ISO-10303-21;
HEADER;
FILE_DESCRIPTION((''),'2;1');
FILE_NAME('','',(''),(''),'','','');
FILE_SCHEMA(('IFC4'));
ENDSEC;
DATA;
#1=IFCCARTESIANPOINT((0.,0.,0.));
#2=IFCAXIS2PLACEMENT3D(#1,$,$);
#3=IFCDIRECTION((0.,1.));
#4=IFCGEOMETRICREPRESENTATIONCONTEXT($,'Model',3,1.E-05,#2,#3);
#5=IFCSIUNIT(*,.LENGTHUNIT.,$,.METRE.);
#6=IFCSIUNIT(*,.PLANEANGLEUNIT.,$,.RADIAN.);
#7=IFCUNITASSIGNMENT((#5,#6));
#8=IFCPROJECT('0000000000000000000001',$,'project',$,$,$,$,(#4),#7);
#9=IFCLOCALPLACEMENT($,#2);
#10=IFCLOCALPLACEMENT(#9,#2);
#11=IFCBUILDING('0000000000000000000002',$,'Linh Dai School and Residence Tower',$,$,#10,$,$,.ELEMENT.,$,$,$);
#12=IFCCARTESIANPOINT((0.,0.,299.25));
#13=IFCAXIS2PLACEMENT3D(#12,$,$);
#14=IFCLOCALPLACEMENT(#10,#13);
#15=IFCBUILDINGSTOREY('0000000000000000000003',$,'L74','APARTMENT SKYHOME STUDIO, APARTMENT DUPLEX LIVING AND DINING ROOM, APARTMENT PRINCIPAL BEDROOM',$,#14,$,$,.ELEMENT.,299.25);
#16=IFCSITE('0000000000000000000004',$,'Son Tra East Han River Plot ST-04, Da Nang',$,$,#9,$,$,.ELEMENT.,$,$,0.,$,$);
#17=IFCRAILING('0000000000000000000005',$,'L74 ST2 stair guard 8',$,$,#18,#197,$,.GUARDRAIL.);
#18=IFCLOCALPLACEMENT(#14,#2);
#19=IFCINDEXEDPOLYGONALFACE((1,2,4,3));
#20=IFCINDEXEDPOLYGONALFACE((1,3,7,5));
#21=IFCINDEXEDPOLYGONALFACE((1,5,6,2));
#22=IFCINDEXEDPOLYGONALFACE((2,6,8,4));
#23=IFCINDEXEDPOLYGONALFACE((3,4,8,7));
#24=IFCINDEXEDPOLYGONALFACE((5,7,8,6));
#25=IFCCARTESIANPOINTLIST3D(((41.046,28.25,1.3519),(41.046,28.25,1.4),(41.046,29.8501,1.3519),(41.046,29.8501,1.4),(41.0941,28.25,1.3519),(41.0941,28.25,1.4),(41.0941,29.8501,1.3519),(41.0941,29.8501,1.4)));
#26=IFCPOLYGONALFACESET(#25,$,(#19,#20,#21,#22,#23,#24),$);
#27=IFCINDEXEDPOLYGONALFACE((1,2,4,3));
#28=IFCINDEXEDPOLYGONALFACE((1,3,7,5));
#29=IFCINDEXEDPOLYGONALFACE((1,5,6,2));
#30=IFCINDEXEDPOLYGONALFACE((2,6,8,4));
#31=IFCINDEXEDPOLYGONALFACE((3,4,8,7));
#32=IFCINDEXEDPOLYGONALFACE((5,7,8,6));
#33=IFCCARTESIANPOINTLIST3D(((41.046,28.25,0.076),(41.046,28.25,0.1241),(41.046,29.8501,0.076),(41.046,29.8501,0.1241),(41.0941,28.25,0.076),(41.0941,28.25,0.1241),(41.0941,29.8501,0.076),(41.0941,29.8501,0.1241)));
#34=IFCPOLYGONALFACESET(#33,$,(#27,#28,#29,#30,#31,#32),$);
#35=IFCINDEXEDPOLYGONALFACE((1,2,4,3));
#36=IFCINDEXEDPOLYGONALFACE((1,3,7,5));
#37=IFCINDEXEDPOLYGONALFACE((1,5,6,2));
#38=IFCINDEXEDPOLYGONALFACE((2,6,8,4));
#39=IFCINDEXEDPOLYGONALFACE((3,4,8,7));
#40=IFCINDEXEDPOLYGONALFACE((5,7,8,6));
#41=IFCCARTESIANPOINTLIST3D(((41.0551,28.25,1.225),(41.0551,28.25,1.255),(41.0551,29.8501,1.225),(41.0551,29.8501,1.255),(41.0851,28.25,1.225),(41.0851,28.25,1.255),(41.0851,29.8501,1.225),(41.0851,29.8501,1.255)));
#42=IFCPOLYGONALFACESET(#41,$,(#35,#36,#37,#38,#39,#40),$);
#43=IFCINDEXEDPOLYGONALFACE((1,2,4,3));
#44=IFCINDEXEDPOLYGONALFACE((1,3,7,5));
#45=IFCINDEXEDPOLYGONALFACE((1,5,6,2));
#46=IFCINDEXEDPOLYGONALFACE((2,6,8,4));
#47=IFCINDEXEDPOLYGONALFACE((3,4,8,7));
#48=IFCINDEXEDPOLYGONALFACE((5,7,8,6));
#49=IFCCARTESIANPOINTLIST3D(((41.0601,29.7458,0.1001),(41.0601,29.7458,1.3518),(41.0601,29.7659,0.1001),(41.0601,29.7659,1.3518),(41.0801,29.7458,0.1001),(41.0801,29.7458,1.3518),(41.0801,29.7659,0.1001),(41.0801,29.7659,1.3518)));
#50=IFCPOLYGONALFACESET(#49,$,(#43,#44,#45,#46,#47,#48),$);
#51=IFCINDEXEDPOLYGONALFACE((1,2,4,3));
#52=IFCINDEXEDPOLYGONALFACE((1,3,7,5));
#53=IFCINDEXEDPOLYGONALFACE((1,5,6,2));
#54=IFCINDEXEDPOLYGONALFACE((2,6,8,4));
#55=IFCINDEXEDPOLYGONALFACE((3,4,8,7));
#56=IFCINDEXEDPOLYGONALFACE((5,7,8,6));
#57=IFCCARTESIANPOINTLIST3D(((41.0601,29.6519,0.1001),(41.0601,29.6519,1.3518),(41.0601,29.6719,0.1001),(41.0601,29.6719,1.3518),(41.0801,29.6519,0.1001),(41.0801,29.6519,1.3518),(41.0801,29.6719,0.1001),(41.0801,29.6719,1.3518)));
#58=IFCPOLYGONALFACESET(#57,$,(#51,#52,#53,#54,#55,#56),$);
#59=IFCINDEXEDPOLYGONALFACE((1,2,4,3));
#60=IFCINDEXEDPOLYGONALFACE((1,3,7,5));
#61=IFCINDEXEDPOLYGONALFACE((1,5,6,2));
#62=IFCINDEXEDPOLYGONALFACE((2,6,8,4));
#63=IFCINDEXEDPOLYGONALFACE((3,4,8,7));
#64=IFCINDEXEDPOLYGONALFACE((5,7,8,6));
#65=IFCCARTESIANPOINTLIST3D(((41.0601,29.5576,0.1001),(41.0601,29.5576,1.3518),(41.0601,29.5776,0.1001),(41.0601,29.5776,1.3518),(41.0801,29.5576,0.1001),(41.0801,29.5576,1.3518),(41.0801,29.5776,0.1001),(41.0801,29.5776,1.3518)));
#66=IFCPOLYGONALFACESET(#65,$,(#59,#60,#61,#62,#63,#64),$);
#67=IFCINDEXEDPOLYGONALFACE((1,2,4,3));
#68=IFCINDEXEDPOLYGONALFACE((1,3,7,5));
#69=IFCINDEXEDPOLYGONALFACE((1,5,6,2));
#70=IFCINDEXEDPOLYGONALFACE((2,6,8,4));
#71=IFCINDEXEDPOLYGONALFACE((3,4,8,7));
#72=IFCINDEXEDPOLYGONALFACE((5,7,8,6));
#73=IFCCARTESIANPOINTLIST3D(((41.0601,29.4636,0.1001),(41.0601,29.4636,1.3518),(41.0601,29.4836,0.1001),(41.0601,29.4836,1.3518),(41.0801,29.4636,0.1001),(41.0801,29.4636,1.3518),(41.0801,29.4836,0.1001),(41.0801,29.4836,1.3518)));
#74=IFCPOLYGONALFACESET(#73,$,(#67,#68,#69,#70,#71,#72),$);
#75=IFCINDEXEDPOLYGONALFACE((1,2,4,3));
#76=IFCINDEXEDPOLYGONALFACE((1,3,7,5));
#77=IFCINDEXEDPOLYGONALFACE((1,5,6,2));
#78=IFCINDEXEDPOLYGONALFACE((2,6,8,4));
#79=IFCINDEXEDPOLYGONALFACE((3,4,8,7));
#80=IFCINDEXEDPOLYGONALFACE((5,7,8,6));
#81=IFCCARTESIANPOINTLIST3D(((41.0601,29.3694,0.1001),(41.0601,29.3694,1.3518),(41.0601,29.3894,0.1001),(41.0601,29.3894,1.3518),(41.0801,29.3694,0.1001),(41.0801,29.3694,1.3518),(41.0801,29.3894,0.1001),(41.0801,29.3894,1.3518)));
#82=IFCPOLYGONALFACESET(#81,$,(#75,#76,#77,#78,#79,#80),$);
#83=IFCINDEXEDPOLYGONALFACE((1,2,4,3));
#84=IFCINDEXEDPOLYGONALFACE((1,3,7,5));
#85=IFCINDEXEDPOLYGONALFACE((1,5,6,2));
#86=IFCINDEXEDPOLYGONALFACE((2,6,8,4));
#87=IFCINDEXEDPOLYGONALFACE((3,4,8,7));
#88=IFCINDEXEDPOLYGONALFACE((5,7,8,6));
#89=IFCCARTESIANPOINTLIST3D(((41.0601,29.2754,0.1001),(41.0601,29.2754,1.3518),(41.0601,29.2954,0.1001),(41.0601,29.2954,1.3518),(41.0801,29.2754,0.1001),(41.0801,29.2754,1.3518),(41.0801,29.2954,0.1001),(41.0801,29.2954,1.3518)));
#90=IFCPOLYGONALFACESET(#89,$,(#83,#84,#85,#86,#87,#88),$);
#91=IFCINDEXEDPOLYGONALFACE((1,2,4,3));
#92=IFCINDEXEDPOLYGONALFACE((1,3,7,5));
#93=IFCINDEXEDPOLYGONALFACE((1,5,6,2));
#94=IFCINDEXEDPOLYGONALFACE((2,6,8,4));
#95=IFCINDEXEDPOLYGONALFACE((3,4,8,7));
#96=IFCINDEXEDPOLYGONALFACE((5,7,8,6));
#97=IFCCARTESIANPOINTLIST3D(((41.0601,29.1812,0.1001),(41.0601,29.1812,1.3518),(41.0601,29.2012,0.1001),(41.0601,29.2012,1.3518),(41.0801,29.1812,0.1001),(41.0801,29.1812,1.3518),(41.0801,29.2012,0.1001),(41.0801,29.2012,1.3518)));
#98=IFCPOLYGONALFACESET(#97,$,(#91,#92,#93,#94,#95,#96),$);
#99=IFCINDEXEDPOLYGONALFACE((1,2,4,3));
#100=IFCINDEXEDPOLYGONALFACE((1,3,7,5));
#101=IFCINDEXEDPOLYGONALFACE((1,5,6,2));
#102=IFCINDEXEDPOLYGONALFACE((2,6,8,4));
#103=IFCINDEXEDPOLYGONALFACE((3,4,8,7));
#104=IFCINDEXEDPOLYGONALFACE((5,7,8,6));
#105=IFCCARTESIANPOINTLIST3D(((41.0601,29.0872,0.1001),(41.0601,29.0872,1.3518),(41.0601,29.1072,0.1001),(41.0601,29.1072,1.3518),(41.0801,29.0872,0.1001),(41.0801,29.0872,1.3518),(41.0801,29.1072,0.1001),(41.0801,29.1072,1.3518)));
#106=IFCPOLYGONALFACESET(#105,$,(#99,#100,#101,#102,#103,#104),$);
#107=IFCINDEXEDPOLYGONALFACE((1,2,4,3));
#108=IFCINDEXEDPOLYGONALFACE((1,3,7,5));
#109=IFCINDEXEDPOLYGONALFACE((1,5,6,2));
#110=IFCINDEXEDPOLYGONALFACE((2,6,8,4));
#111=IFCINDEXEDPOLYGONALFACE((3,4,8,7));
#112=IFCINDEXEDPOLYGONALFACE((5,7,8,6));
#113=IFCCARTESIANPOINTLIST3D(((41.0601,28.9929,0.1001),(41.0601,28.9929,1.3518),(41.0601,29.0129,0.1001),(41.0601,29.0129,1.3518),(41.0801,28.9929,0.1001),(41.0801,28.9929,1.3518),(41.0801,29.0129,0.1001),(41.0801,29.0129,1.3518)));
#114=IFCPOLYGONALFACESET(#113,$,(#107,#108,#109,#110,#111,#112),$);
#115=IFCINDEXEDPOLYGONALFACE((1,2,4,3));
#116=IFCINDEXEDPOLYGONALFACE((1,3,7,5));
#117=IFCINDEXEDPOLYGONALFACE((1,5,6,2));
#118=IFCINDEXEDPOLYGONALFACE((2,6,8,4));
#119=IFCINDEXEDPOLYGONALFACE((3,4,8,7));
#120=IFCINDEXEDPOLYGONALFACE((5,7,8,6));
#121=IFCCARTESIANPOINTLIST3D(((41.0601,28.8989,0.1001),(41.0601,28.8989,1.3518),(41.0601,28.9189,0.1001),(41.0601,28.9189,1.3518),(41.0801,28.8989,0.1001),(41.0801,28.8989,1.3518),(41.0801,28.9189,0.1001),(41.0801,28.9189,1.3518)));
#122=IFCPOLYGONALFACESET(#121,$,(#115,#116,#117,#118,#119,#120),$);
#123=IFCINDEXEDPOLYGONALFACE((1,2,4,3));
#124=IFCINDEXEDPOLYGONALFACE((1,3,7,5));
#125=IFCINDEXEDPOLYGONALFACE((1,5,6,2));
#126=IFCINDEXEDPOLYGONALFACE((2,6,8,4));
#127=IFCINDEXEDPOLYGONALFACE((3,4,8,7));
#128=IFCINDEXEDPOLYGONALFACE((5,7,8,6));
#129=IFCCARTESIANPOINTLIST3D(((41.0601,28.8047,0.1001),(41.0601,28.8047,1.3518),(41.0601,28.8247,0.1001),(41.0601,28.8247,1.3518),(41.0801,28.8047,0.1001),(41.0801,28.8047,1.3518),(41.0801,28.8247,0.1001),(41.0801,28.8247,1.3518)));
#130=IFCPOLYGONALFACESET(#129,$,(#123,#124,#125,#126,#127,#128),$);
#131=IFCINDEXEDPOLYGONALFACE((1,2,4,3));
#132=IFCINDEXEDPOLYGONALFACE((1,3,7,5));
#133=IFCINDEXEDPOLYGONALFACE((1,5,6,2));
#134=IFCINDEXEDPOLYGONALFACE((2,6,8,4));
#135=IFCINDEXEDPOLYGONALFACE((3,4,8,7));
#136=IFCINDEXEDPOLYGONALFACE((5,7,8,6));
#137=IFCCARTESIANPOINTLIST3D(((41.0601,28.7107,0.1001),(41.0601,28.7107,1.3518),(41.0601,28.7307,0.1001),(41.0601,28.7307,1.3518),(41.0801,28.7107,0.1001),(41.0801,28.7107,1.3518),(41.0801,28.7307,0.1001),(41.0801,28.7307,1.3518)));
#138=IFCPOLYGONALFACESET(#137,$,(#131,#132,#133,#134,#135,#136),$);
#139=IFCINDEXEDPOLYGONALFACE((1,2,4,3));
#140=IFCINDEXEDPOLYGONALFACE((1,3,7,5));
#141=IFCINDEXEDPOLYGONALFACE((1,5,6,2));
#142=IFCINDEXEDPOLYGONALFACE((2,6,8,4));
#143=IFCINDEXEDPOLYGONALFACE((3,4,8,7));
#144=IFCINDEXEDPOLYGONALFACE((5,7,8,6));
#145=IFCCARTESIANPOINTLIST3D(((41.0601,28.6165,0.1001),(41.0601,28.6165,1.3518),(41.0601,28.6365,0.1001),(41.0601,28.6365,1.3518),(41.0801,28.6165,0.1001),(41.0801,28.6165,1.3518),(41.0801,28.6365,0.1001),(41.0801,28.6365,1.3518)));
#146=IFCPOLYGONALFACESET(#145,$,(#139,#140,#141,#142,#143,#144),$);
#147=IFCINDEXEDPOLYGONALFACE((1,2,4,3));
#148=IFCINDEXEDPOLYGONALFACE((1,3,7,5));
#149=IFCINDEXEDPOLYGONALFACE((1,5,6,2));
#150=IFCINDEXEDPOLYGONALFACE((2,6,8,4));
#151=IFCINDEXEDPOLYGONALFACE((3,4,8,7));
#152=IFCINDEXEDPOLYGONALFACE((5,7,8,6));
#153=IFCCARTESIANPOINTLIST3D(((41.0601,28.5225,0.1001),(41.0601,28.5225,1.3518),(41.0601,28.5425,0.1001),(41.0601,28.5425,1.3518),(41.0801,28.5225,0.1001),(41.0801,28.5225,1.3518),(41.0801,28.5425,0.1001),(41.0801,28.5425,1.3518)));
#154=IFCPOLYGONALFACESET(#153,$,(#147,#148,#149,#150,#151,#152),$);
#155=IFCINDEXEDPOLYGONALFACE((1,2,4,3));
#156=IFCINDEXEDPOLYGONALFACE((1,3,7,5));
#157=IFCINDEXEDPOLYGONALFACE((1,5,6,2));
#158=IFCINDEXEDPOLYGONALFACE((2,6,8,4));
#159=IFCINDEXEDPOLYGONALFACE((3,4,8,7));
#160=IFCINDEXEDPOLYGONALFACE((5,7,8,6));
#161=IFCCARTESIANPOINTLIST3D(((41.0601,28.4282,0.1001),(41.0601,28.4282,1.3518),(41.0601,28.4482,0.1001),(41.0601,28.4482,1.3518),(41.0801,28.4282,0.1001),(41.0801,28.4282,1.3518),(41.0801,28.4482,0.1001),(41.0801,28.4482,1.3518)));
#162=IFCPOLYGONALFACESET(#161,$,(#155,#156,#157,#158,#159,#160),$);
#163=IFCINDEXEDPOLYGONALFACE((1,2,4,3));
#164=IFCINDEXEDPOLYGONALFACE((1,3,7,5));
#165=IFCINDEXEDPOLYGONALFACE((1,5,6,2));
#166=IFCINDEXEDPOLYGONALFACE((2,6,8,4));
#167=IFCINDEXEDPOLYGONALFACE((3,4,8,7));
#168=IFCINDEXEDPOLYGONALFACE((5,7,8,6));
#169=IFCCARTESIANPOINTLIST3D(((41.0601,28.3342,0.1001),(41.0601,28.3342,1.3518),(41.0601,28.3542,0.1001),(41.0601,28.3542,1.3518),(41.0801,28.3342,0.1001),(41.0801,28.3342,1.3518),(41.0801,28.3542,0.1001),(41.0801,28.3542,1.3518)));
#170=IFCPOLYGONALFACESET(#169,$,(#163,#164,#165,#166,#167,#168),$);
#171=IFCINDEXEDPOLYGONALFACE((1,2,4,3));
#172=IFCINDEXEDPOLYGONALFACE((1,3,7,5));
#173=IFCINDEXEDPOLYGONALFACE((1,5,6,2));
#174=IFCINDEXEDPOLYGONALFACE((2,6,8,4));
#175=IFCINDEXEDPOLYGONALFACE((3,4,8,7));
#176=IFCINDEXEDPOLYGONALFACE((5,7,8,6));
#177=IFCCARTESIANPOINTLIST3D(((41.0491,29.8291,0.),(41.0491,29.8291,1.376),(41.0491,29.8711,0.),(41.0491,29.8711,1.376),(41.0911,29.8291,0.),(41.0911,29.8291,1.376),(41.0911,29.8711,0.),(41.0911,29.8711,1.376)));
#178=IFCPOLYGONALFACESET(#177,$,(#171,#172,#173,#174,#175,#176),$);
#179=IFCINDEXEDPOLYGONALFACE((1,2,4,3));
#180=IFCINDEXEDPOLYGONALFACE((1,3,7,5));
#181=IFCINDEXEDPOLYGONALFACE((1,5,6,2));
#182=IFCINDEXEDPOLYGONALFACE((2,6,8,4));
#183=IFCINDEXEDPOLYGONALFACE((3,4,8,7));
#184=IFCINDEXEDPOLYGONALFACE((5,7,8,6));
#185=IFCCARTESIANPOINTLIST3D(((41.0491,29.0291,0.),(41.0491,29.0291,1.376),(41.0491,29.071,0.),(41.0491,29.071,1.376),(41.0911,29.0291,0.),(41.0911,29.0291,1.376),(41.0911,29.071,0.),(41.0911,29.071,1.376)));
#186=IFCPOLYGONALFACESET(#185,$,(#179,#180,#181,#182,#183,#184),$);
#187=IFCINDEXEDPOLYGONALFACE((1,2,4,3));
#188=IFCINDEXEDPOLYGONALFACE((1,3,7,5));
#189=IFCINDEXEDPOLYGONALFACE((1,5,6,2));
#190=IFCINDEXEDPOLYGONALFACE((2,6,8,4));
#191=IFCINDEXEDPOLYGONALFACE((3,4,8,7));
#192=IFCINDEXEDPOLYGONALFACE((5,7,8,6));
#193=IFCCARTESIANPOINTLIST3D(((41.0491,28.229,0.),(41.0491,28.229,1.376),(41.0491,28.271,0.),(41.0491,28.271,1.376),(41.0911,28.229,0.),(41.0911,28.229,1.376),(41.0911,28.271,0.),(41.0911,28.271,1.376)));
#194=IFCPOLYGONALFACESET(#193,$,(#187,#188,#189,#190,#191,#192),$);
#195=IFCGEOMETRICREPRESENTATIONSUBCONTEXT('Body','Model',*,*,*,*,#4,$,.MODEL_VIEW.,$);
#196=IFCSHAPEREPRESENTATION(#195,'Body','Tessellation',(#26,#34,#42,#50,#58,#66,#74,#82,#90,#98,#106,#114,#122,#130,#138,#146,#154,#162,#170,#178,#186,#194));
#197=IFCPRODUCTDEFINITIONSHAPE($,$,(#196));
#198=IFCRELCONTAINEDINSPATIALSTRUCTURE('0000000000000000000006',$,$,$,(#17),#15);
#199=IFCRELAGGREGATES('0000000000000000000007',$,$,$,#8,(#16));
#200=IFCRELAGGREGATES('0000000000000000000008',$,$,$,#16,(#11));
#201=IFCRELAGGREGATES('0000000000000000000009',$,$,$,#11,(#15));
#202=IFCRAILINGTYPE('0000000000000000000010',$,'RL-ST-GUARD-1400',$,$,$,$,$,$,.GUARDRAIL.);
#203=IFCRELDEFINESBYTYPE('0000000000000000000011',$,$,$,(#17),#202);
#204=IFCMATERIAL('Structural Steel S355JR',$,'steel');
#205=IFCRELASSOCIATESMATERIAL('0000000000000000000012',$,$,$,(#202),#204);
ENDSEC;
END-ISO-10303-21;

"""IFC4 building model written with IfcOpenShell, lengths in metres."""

from ifc_helpers import new_model, si_unit, direction, frame, origin, origin_2d, place, context, subcontext, project, spatial, rectangle, extrude, source, transform, mapped, material, type_object, element, save


model = new_model("IFC4")

# Units and contexts
model_context = context("Model", 3, precision=1e-05, world=origin(), true_north=direction((0.0, 1.0)))
body_context = subcontext(model_context, "Body", "Model", "MODEL_VIEW")
ifc_project = project(units=[si_unit("LENGTHUNIT", "METRE"), si_unit("PLANEANGLEUNIT", "RADIAN")], contexts=[model_context])

# Site, building, storey
site_placement = place(None, origin())
site = spatial("IfcSite", under=ifc_project, at=site_placement, Name="Son Tra East Han River Plot ST-04, Da Nang", CompositionType="ELEMENT", RefElevation=0.0)
building_placement = place(site_placement, origin())
building = spatial("IfcBuilding", under=site, at=building_placement, Name="Linh Dai School and Residence Tower", CompositionType="ELEMENT")
storey_placement = place(building_placement, frame((0.0, 0.0, 299.25)))
storey = spatial("IfcBuildingStorey", under=building, at=storey_placement, Name="L74", Description="APARTMENT SKYHOME STUDIO, APARTMENT DUPLEX LIVING AND DINING ROOM, APARTMENT PRINCIPAL BEDROOM", CompositionType="ELEMENT", Elevation=299.25)

# Shared definitions
ifc_material_1 = material(Name="Structural Steel S355JR", Category="steel")

# Railing
railing_type_1 = type_object("IfcRailingType", Name="RL-ST-GUARD-1400", PredefinedType="GUARDRAIL", material=ifc_material_1)
shared_shape_1 = source(origin(), body_context, "Body", "SweptSolid", [
    extrude(rectangle(XDim=0.0481, YDim=0.0481, at=origin_2d()), frame((0.0, 0.0, 1.376), z_axis=(0.0, -1.0, 0.0), x_axis=(1.0, 0.0, 0.0)), (0.0, 0.0, 1.0), 1.6001),
    extrude(rectangle(XDim=0.0481, YDim=0.0481, at=origin_2d()), frame((0.0, 0.0, 0.1001), z_axis=(0.0, -1.0, 0.0), x_axis=(1.0, 0.0, 0.0)), (0.0, 0.0, 1.0), 1.6001),
    extrude(rectangle(XDim=0.03, YDim=0.03, at=origin_2d()), frame((0.0, 0.0, 1.24), z_axis=(0.0, -1.0, 0.0), x_axis=(1.0, 0.0, 0.0)), (0.0, 0.0, 1.0), 1.6001),
    extrude(rectangle(XDim=0.02, YDim=0.02, at=origin_2d()), frame((0.0, -0.0942, 0.1001)), (0.0, 0.0, 1.0), 1.2517),
    extrude(rectangle(XDim=0.02, YDim=0.02, at=origin_2d()), frame((0.0, -0.1882, 0.1001)), (0.0, 0.0, 1.0), 1.2517),
    extrude(rectangle(XDim=0.02, YDim=0.02, at=origin_2d()), frame((0.0, -0.2825, 0.1001)), (0.0, 0.0, 1.0), 1.2517),
    extrude(rectangle(XDim=0.02, YDim=0.02, at=origin_2d()), frame((0.0, -0.3765, 0.1001)), (0.0, 0.0, 1.0), 1.2517),
    extrude(rectangle(XDim=0.02, YDim=0.02, at=origin_2d()), frame((0.0, -0.4707, 0.1001)), (0.0, 0.0, 1.0), 1.2517),
    extrude(rectangle(XDim=0.02, YDim=0.02, at=origin_2d()), frame((0.0, -0.5647, 0.1001)), (0.0, 0.0, 1.0), 1.2517),
    extrude(rectangle(XDim=0.02, YDim=0.02, at=origin_2d()), frame((0.0, -0.6589, 0.1001)), (0.0, 0.0, 1.0), 1.2517),
    extrude(rectangle(XDim=0.02, YDim=0.02, at=origin_2d()), frame((0.0, -0.7529, 0.1001)), (0.0, 0.0, 1.0), 1.2517),
    extrude(rectangle(XDim=0.02, YDim=0.02, at=origin_2d()), frame((0.0, -0.8472, 0.1001)), (0.0, 0.0, 1.0), 1.2517),
    extrude(rectangle(XDim=0.02, YDim=0.02, at=origin_2d()), frame((0.0, -0.9412, 0.1001)), (0.0, 0.0, 1.0), 1.2517),
    extrude(rectangle(XDim=0.02, YDim=0.02, at=origin_2d()), frame((0.0, -1.0354, 0.1001)), (0.0, 0.0, 1.0), 1.2517),
    extrude(rectangle(XDim=0.02, YDim=0.02, at=origin_2d()), frame((0.0, -1.1294, 0.1001)), (0.0, 0.0, 1.0), 1.2517),
    extrude(rectangle(XDim=0.02, YDim=0.02, at=origin_2d()), frame((0.0, -1.2236, 0.1001)), (0.0, 0.0, 1.0), 1.2517),
    extrude(rectangle(XDim=0.02, YDim=0.02, at=origin_2d()), frame((0.0, -1.3176, 0.1001)), (0.0, 0.0, 1.0), 1.2517),
    extrude(rectangle(XDim=0.02, YDim=0.02, at=origin_2d()), frame((0.0, -1.4119, 0.1001)), (0.0, 0.0, 1.0), 1.2517),
    extrude(rectangle(XDim=0.02, YDim=0.02, at=origin_2d()), frame((0.0, -1.5059, 0.1001)), (0.0, 0.0, 1.0), 1.2517),
    extrude(rectangle(XDim=0.042, YDim=0.042, at=origin_2d()), origin(), (0.0, 0.0, 1.0), 1.376),
    extrude(rectangle(XDim=0.042, YDim=0.042, at=origin_2d()), frame((0.0, -0.8, 0.0)), (0.0, 0.0, 1.0), 1.376),
    extrude(rectangle(XDim=0.042, YDim=0.042, at=origin_2d()), frame((0.0, -1.6001, 0.0)), (0.0, 0.0, 1.0), 1.376),
])
for number, where, name in (
    (1, (41.0701, 29.8501, 0.0), "L74 ST2 stair guard 8"),
):
    element("IfcRailing", number, at=place(storey_placement, frame(where)), inside=storey, type_object=railing_type_1, Name=name, PredefinedType="GUARDRAIL", context=body_context, shape_type="MappedRepresentation", body=[
        mapped(shared_shape_1, transform((0.0, 0.0, 0.0), x_axis=(1.0, 0.0, 0.0), y_axis=(0.0, 1.0, 0.0), z_axis=(0.0, 0.0, 1.0), scale=1.0)),
    ])

save(model, "model.ifc")
